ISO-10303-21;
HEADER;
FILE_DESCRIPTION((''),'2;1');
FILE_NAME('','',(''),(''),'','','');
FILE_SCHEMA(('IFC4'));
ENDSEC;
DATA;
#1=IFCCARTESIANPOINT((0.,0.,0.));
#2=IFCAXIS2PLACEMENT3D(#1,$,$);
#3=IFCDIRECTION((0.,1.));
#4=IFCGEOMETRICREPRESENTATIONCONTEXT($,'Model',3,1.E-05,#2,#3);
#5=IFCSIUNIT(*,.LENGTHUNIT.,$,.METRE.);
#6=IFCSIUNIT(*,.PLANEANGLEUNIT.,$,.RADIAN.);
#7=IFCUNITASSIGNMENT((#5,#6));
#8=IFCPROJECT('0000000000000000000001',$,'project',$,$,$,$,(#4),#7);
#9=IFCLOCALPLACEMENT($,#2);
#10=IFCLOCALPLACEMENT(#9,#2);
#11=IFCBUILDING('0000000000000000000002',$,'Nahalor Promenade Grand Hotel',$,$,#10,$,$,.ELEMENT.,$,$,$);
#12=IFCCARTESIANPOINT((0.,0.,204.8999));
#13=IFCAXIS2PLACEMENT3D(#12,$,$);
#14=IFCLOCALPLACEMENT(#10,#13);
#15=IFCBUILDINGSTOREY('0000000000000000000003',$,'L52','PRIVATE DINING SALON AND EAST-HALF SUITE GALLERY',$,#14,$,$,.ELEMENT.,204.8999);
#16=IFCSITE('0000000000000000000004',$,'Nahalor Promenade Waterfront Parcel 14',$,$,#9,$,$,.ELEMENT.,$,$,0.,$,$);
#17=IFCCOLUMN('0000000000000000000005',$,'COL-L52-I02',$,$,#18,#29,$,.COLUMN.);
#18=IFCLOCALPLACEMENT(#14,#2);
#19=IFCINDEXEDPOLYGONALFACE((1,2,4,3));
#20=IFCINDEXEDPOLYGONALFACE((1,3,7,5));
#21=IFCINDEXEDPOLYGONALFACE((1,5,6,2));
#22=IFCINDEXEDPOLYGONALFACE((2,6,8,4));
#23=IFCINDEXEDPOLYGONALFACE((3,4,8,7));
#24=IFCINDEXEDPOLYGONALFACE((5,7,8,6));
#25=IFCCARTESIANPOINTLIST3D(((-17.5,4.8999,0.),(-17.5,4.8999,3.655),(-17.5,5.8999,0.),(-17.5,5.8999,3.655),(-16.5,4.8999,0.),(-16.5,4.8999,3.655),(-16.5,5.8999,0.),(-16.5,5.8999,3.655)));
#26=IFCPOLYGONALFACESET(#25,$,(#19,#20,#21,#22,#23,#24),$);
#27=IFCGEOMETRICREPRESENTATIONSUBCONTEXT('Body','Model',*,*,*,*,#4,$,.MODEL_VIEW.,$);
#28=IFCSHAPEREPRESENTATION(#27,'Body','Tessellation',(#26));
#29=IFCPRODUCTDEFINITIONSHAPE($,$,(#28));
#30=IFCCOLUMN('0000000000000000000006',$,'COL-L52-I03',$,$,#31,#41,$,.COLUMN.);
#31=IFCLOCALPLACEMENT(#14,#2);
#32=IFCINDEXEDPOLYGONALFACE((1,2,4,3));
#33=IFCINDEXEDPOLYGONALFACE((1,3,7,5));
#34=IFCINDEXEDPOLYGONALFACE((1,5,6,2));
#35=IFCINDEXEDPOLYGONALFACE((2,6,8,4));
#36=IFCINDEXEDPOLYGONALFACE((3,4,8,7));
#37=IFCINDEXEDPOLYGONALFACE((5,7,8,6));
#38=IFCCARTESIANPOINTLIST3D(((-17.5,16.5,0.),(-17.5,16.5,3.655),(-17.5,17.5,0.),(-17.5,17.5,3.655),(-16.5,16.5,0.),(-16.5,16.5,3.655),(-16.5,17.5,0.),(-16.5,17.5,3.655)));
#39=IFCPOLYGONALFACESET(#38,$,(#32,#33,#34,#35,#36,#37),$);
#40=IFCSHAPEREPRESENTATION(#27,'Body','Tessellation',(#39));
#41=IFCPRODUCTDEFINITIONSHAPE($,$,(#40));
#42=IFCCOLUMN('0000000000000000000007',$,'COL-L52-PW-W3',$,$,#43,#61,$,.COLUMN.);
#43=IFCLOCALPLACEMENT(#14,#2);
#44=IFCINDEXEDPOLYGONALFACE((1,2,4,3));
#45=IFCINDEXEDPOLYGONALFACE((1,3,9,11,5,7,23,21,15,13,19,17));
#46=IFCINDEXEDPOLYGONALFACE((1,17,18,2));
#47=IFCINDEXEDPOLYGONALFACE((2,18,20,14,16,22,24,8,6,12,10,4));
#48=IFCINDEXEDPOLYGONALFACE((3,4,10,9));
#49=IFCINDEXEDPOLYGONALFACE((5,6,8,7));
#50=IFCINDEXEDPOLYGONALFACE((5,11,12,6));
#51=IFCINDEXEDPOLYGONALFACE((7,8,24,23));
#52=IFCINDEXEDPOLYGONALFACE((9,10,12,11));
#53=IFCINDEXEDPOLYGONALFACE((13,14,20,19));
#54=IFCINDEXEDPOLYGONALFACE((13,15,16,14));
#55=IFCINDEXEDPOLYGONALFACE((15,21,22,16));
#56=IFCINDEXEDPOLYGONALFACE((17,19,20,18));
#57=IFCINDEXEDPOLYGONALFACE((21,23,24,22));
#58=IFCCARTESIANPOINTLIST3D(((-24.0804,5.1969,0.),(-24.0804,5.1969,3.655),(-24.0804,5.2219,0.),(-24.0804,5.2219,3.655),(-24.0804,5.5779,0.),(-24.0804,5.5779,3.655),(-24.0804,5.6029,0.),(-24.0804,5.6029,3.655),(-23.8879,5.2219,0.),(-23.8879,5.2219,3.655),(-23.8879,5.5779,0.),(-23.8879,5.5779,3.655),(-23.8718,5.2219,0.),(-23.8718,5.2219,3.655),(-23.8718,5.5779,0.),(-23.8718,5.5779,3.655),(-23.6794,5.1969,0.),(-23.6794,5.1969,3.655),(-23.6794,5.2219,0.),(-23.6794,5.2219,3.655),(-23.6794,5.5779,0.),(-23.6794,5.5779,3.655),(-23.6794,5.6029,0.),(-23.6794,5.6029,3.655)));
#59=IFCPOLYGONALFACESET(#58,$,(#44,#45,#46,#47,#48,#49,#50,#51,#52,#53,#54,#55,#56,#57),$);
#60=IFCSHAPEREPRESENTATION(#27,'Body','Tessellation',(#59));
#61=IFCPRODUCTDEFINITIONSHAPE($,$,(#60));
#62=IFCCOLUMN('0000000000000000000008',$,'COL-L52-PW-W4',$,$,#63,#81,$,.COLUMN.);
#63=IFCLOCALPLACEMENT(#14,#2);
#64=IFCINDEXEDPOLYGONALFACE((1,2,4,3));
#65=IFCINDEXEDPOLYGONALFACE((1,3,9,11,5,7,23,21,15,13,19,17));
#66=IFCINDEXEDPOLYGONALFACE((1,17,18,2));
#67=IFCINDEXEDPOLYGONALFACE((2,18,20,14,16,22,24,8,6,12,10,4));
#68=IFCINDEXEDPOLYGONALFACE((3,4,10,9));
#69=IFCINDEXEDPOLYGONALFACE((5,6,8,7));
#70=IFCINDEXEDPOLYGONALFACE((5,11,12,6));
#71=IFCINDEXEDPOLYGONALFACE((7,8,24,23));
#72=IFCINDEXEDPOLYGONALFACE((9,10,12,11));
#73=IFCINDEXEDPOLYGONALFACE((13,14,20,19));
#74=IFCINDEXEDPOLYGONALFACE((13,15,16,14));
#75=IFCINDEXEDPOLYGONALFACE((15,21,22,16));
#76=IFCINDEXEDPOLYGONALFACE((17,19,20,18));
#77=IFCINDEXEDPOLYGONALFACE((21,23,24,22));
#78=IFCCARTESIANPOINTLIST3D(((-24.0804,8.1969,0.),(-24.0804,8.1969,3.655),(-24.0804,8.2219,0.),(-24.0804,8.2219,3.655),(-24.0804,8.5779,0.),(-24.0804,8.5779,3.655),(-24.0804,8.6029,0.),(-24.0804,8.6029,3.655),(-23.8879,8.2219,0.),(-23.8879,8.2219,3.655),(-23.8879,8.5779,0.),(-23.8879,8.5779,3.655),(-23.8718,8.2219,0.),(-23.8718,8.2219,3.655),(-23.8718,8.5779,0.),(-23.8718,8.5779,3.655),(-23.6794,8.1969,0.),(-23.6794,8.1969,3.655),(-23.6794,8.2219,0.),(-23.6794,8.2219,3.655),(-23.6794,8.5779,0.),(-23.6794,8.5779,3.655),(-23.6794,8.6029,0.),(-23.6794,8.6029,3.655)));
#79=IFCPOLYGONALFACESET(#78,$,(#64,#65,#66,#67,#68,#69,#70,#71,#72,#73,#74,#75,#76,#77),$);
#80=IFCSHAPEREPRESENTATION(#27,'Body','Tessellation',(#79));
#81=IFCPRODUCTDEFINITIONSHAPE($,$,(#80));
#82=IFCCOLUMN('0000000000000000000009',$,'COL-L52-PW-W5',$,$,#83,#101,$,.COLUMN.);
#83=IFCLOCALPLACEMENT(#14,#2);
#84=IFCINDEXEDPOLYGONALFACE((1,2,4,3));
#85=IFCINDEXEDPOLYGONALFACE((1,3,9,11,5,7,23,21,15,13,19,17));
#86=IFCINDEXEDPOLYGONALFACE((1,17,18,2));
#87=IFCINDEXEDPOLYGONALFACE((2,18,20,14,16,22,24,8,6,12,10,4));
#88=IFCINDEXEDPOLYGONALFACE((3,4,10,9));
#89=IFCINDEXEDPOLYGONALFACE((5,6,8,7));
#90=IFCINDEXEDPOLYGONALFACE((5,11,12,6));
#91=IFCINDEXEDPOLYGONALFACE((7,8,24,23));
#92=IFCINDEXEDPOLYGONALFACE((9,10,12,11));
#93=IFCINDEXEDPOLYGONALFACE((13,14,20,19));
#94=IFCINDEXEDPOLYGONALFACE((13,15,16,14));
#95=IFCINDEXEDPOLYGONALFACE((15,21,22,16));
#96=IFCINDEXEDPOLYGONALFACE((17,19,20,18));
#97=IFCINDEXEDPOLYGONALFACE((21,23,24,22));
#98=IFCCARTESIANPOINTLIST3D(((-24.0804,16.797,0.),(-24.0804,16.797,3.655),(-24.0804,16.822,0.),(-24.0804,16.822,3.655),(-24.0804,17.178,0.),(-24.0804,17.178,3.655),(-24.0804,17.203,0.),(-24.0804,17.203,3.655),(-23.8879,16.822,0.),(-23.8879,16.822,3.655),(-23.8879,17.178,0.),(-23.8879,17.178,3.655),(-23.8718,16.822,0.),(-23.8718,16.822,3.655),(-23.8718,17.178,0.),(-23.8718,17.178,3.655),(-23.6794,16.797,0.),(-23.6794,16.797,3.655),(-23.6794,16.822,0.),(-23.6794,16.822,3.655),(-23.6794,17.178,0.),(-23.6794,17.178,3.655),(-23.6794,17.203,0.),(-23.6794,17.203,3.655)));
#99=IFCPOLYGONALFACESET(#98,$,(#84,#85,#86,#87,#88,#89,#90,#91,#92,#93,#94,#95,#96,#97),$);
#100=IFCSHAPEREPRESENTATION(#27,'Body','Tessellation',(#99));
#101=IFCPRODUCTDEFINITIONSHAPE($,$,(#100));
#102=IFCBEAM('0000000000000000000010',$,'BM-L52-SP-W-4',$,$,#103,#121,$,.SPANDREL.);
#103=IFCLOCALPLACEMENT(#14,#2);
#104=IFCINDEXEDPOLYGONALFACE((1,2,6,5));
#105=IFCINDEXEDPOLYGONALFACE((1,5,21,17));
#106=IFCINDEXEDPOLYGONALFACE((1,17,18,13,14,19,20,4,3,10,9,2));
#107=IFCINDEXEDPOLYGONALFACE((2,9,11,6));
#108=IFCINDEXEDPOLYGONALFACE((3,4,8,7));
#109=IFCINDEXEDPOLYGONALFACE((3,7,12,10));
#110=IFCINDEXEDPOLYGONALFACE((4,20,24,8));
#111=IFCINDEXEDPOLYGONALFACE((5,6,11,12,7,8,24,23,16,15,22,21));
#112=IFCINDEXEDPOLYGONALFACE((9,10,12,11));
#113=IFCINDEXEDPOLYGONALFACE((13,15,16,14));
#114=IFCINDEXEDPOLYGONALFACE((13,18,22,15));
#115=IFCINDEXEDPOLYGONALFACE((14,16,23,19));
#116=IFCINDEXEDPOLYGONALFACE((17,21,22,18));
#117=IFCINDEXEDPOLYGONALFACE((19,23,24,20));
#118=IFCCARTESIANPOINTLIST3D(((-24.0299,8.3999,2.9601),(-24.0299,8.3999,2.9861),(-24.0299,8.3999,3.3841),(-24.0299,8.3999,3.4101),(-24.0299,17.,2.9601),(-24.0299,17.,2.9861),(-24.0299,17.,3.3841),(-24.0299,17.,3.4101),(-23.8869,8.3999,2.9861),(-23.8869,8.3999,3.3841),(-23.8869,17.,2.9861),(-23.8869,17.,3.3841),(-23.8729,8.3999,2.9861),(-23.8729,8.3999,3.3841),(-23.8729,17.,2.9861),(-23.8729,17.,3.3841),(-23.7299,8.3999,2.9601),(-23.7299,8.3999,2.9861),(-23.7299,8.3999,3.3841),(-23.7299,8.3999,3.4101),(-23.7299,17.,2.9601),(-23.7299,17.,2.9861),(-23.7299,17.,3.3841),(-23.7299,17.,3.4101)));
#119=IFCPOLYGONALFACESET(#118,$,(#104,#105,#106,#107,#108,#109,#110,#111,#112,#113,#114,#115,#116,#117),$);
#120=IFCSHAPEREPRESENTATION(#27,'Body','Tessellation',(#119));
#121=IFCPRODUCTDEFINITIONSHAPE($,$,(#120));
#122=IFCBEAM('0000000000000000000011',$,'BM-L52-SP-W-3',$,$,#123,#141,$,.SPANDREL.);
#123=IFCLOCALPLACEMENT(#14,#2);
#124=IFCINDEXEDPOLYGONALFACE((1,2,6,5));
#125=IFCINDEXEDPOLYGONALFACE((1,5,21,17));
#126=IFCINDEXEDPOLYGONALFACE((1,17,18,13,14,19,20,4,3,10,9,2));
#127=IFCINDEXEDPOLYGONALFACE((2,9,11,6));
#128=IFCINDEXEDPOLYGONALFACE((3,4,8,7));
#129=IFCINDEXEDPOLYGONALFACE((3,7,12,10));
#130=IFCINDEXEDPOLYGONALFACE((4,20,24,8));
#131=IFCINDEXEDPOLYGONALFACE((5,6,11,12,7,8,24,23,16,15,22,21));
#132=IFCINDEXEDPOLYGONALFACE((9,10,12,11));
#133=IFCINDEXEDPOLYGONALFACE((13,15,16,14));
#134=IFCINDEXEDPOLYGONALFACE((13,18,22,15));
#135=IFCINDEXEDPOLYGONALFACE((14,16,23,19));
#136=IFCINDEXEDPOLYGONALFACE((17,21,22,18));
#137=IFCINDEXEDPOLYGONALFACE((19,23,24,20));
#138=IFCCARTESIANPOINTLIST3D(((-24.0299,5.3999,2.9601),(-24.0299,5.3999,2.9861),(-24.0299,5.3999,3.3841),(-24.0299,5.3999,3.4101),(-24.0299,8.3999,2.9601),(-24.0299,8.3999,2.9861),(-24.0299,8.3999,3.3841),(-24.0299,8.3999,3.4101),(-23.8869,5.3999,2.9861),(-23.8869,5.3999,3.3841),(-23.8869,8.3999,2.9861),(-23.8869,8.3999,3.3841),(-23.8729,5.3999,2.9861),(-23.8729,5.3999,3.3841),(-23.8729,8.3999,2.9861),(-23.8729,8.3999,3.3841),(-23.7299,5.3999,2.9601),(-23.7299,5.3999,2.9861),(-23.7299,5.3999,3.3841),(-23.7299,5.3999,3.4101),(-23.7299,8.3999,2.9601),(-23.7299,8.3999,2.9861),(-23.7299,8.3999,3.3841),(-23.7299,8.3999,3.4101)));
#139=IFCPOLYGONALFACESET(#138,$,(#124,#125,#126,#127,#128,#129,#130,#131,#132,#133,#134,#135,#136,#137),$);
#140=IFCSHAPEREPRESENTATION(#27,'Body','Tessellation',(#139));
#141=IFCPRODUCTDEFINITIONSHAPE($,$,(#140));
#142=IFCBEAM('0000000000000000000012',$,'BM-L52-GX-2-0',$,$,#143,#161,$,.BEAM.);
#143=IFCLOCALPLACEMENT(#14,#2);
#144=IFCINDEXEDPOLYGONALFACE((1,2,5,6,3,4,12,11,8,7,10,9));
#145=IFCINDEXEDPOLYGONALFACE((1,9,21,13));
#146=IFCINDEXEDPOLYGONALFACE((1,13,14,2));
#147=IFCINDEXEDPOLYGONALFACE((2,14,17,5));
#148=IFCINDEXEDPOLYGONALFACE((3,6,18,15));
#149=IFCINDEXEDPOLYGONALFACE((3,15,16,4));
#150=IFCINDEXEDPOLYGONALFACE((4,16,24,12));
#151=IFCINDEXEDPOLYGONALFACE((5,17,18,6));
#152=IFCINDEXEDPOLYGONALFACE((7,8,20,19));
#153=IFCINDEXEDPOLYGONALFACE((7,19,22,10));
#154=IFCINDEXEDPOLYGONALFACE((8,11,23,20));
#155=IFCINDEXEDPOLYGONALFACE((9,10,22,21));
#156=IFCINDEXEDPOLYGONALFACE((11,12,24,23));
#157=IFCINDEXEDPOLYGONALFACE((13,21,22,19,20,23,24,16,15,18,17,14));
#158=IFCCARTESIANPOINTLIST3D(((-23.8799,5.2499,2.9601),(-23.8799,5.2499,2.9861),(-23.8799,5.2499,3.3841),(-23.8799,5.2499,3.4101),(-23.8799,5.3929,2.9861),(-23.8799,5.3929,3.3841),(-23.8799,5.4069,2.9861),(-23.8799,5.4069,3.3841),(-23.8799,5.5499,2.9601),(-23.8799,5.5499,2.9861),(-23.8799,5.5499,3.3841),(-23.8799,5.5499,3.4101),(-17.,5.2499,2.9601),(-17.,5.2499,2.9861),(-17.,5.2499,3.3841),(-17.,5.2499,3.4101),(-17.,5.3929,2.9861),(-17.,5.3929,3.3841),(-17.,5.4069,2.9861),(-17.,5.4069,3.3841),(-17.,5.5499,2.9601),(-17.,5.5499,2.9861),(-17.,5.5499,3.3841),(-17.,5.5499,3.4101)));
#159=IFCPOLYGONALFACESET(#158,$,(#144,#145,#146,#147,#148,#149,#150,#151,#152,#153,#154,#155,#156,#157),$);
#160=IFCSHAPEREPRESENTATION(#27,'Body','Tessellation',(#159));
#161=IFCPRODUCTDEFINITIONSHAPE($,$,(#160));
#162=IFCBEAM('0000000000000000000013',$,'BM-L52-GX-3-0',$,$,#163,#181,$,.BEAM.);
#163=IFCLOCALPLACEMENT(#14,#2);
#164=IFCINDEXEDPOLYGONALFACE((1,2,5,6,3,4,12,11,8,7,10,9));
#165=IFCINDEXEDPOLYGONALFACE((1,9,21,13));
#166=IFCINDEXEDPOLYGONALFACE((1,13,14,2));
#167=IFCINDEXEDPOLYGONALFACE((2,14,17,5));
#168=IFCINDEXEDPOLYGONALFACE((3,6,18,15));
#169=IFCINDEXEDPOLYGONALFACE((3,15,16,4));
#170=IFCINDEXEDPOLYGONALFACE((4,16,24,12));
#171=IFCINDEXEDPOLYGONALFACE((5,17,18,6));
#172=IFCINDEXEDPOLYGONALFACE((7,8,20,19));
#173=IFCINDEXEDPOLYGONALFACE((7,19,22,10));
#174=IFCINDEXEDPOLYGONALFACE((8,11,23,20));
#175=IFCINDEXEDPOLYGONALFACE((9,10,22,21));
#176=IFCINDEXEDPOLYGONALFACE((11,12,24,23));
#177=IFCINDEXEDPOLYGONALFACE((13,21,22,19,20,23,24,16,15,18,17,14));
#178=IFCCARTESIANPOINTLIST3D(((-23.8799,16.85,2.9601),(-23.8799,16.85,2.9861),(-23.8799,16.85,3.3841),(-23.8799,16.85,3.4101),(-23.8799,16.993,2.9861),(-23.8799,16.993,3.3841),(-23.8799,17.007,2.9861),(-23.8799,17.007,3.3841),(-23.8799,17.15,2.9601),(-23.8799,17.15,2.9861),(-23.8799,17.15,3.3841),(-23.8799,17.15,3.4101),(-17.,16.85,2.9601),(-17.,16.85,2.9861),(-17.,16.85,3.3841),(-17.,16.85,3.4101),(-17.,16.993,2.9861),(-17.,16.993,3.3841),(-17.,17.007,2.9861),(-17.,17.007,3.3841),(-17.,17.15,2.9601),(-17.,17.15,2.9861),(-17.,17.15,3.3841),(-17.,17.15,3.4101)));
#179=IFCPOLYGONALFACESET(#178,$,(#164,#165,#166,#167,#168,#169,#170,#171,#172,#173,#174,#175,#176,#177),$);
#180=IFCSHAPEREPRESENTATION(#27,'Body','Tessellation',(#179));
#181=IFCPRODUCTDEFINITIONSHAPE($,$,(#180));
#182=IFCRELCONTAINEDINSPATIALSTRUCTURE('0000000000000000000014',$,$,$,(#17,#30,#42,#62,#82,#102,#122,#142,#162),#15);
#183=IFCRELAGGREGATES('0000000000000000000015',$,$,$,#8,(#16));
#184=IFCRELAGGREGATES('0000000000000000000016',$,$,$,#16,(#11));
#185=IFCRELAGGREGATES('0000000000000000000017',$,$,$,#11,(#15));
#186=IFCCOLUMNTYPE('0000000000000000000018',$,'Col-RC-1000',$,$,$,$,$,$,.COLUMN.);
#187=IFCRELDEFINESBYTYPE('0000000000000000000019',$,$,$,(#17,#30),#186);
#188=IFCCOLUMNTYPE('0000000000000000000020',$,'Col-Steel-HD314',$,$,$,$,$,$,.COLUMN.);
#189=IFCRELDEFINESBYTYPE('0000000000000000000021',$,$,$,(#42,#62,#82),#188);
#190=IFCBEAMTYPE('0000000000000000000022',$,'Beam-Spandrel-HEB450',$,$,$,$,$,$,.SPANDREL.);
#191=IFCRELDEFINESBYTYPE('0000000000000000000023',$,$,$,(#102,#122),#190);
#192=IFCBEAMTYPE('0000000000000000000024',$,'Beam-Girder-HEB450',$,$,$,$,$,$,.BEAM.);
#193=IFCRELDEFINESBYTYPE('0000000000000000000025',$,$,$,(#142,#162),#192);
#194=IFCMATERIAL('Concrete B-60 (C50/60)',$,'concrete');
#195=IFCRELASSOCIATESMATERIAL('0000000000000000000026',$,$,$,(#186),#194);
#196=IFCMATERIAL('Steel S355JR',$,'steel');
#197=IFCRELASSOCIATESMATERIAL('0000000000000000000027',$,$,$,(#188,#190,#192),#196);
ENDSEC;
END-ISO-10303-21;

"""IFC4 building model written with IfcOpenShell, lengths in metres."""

from ifc_helpers import new_model, si_unit, direction, frame, origin, origin_2d, place, context, subcontext, project, spatial, rectangle, i_section, extrude, source, transform, mapped, material, material_profile, profile_set, type_object, element, save


model = new_model("IFC4")

# Units and contexts
model_context = context("Model", 3, precision=1e-05, world=origin(), true_north=direction((0.0, 1.0)))
body_context = subcontext(model_context, "Body", "Model", "MODEL_VIEW")
ifc_project = project(units=[si_unit("LENGTHUNIT", "METRE"), si_unit("PLANEANGLEUNIT", "RADIAN")], contexts=[model_context])

# Site, building, storey
site_placement = place(None, origin())
site = spatial("IfcSite", under=ifc_project, at=site_placement, Name="Nahalor Promenade Waterfront Parcel 14", CompositionType="ELEMENT", RefElevation=0.0)
building_placement = place(site_placement, origin())
building = spatial("IfcBuilding", under=site, at=building_placement, Name="Nahalor Promenade Grand Hotel", CompositionType="ELEMENT")
storey_placement = place(building_placement, frame((0.0, 0.0, 204.8999)))
storey = spatial("IfcBuildingStorey", under=building, at=storey_placement, Name="L52", Description="PRIVATE DINING SALON AND EAST-HALF SUITE GALLERY", CompositionType="ELEMENT", Elevation=204.8999)

# Columns
ifc_material_1 = material(Name="Concrete B-60 (C50/60)", Category="concrete")
ifc_material_profile_1 = material_profile(ifc_material_1, rectangle(XDim=1.0, YDim=1.0, at=origin_2d()), Name="RC 1000x1000")
ifc_profile_set_1 = profile_set([ifc_material_profile_1], Name="Concrete B-60 (C50/60)")
column_type_1 = type_object("IfcColumnType", Name="Col-RC-1000", PredefinedType="COLUMN", material=ifc_profile_set_1)
shared_shape_1 = source(origin(), body_context, "Body", "SweptSolid", [
    extrude(rectangle(XDim=1.0, YDim=1.0, at=origin_2d()), origin(), (0.0, 0.0, 1.0), 3.655),
])
for number, where, z_axis, x_axis, name in (
    (1, (-17.0, 5.3999, 0.0), (0.0, 0.0, 1.0), (1.0, 0.0, 0.0), "COL-L52-I02"),
    (2, (-17.0, 17.0, 0.0), (0.0, 0.0, 1.0), (1.0, 0.0, 0.0), "COL-L52-I03"),
):
    element("IfcColumn", number, at=place(storey_placement, frame(where, z_axis=z_axis, x_axis=x_axis)), inside=storey, type_object=column_type_1, Name=name, PredefinedType="COLUMN", context=body_context, shape_type="MappedRepresentation", body=[
        mapped(shared_shape_1, transform((0.0, 0.0, 0.0), scale=1.0)),
    ])
ifc_material_2 = material(Name="Steel S355JR", Category="steel")
ifc_material_profile_2 = material_profile(ifc_material_2, i_section(OverallWidth=0.401, OverallDepth=0.406, WebThickness=0.0161, FlangeThickness=0.025, at=origin_2d()), Name="HD 400x314")
ifc_profile_set_2 = profile_set([ifc_material_profile_2], Name="Steel S355JR")
column_type_2 = type_object("IfcColumnType", Name="Col-Steel-HD314", PredefinedType="COLUMN", material=ifc_profile_set_2)
shared_shape_2 = source(origin(), body_context, "Body", "SweptSolid", [
    extrude(i_section(OverallWidth=0.401, OverallDepth=0.406, WebThickness=0.0161, FlangeThickness=0.025, at=origin_2d()), origin(), (0.0, 0.0, 1.0), 3.655),
])
for number, where, z_axis, x_axis, name in (
    (3, (-23.8799, 5.3999, 0.0), (0.0, 0.0, 1.0), (1.0, 0.0, 0.0), "COL-L52-PW-W3"),
    (4, (-23.8799, 8.3999, 0.0), (0.0, 0.0, 1.0), (1.0, 0.0, 0.0), "COL-L52-PW-W4"),
    (5, (-23.8799, 17.0, 0.0), (0.0, 0.0, 1.0), (1.0, 0.0, 0.0), "COL-L52-PW-W5"),
):
    element("IfcColumn", number, at=place(storey_placement, frame(where, z_axis=z_axis, x_axis=x_axis)), inside=storey, type_object=column_type_2, Name=name, PredefinedType="COLUMN", context=body_context, shape_type="MappedRepresentation", body=[
        mapped(shared_shape_2, transform((0.0, 0.0, 0.0), scale=1.0)),
    ])

# Beams
ifc_material_profile_3 = material_profile(ifc_material_2, i_section(OverallWidth=0.3, OverallDepth=0.45, WebThickness=0.014, FlangeThickness=0.026, at=origin_2d()), Name="HEB 450")
ifc_profile_set_3 = profile_set([ifc_material_profile_3], Name="Steel S355JR")
beam_type_1 = type_object("IfcBeamType", Name="Beam-Spandrel-HEB450", PredefinedType="SPANDREL", material=ifc_profile_set_3)
shared_shape_3 = source(origin(), body_context, "Body", "SweptSolid", [
    extrude(i_section(OverallWidth=0.3, OverallDepth=0.45, WebThickness=0.014, FlangeThickness=0.026, at=origin_2d()), origin(), (0.0, 0.0, 1.0), 8.6001),
])
beam_1_placement = place(storey_placement, frame((-23.8799, 8.3999, 3.1851), z_axis=(0.0, 1.0, 0.0), x_axis=(-1.0, 0.0, 0.0)))
element("IfcBeam", 6, at=beam_1_placement, inside=storey, type_object=beam_type_1, Name="BM-L52-SP-W-4", PredefinedType="SPANDREL", context=body_context, shape_type="MappedRepresentation", body=[
    mapped(shared_shape_3, transform((0.0, 0.0, 0.0), scale=1.0)),
])
shared_shape_4 = source(origin(), body_context, "Body", "SweptSolid", [
    extrude(i_section(OverallWidth=0.3, OverallDepth=0.45, WebThickness=0.014, FlangeThickness=0.026, at=origin_2d()), origin(), (0.0, 0.0, 1.0), 3.0),
])
beam_2_placement = place(storey_placement, frame((-23.8799, 5.3999, 3.1851), z_axis=(0.0, 1.0, 0.0), x_axis=(-1.0, 0.0, 0.0)))
element("IfcBeam", 7, at=beam_2_placement, inside=storey, type_object=beam_type_1, Name="BM-L52-SP-W-3", PredefinedType="SPANDREL", context=body_context, shape_type="MappedRepresentation", body=[
    mapped(shared_shape_4, transform((0.0, 0.0, 0.0), scale=1.0)),
])
ifc_material_profile_4 = material_profile(ifc_material_2, i_section(OverallWidth=0.3, OverallDepth=0.45, WebThickness=0.014, FlangeThickness=0.026, at=origin_2d()), Name="HEB 450")
ifc_profile_set_4 = profile_set([ifc_material_profile_4], Name="Steel S355JR")
beam_type_2 = type_object("IfcBeamType", Name="Beam-Girder-HEB450", PredefinedType="BEAM", material=ifc_profile_set_4)
shared_shape_5 = source(origin(), body_context, "Body", "SweptSolid", [
    extrude(i_section(OverallWidth=0.3, OverallDepth=0.45, WebThickness=0.014, FlangeThickness=0.026, at=origin_2d()), origin(), (0.0, 0.0, 1.0), 6.8799),
])
for number, where, z_axis, x_axis, name in (
    (8, (-23.8799, 5.3999, 3.1851), (1.0, 0.0, 0.0), (0.0, 1.0, 0.0), "BM-L52-GX-2-0"),
    (9, (-23.8799, 17.0, 3.1851), (1.0, 0.0, 0.0), (0.0, 1.0, 0.0), "BM-L52-GX-3-0"),
):
    element("IfcBeam", number, at=place(storey_placement, frame(where, z_axis=z_axis, x_axis=x_axis)), inside=storey, type_object=beam_type_2, Name=name, PredefinedType="BEAM", context=body_context, shape_type="MappedRepresentation", body=[
        mapped(shared_shape_5, transform((0.0, 0.0, 0.0), scale=1.0)),
    ])

save(model, "model.ifc")
